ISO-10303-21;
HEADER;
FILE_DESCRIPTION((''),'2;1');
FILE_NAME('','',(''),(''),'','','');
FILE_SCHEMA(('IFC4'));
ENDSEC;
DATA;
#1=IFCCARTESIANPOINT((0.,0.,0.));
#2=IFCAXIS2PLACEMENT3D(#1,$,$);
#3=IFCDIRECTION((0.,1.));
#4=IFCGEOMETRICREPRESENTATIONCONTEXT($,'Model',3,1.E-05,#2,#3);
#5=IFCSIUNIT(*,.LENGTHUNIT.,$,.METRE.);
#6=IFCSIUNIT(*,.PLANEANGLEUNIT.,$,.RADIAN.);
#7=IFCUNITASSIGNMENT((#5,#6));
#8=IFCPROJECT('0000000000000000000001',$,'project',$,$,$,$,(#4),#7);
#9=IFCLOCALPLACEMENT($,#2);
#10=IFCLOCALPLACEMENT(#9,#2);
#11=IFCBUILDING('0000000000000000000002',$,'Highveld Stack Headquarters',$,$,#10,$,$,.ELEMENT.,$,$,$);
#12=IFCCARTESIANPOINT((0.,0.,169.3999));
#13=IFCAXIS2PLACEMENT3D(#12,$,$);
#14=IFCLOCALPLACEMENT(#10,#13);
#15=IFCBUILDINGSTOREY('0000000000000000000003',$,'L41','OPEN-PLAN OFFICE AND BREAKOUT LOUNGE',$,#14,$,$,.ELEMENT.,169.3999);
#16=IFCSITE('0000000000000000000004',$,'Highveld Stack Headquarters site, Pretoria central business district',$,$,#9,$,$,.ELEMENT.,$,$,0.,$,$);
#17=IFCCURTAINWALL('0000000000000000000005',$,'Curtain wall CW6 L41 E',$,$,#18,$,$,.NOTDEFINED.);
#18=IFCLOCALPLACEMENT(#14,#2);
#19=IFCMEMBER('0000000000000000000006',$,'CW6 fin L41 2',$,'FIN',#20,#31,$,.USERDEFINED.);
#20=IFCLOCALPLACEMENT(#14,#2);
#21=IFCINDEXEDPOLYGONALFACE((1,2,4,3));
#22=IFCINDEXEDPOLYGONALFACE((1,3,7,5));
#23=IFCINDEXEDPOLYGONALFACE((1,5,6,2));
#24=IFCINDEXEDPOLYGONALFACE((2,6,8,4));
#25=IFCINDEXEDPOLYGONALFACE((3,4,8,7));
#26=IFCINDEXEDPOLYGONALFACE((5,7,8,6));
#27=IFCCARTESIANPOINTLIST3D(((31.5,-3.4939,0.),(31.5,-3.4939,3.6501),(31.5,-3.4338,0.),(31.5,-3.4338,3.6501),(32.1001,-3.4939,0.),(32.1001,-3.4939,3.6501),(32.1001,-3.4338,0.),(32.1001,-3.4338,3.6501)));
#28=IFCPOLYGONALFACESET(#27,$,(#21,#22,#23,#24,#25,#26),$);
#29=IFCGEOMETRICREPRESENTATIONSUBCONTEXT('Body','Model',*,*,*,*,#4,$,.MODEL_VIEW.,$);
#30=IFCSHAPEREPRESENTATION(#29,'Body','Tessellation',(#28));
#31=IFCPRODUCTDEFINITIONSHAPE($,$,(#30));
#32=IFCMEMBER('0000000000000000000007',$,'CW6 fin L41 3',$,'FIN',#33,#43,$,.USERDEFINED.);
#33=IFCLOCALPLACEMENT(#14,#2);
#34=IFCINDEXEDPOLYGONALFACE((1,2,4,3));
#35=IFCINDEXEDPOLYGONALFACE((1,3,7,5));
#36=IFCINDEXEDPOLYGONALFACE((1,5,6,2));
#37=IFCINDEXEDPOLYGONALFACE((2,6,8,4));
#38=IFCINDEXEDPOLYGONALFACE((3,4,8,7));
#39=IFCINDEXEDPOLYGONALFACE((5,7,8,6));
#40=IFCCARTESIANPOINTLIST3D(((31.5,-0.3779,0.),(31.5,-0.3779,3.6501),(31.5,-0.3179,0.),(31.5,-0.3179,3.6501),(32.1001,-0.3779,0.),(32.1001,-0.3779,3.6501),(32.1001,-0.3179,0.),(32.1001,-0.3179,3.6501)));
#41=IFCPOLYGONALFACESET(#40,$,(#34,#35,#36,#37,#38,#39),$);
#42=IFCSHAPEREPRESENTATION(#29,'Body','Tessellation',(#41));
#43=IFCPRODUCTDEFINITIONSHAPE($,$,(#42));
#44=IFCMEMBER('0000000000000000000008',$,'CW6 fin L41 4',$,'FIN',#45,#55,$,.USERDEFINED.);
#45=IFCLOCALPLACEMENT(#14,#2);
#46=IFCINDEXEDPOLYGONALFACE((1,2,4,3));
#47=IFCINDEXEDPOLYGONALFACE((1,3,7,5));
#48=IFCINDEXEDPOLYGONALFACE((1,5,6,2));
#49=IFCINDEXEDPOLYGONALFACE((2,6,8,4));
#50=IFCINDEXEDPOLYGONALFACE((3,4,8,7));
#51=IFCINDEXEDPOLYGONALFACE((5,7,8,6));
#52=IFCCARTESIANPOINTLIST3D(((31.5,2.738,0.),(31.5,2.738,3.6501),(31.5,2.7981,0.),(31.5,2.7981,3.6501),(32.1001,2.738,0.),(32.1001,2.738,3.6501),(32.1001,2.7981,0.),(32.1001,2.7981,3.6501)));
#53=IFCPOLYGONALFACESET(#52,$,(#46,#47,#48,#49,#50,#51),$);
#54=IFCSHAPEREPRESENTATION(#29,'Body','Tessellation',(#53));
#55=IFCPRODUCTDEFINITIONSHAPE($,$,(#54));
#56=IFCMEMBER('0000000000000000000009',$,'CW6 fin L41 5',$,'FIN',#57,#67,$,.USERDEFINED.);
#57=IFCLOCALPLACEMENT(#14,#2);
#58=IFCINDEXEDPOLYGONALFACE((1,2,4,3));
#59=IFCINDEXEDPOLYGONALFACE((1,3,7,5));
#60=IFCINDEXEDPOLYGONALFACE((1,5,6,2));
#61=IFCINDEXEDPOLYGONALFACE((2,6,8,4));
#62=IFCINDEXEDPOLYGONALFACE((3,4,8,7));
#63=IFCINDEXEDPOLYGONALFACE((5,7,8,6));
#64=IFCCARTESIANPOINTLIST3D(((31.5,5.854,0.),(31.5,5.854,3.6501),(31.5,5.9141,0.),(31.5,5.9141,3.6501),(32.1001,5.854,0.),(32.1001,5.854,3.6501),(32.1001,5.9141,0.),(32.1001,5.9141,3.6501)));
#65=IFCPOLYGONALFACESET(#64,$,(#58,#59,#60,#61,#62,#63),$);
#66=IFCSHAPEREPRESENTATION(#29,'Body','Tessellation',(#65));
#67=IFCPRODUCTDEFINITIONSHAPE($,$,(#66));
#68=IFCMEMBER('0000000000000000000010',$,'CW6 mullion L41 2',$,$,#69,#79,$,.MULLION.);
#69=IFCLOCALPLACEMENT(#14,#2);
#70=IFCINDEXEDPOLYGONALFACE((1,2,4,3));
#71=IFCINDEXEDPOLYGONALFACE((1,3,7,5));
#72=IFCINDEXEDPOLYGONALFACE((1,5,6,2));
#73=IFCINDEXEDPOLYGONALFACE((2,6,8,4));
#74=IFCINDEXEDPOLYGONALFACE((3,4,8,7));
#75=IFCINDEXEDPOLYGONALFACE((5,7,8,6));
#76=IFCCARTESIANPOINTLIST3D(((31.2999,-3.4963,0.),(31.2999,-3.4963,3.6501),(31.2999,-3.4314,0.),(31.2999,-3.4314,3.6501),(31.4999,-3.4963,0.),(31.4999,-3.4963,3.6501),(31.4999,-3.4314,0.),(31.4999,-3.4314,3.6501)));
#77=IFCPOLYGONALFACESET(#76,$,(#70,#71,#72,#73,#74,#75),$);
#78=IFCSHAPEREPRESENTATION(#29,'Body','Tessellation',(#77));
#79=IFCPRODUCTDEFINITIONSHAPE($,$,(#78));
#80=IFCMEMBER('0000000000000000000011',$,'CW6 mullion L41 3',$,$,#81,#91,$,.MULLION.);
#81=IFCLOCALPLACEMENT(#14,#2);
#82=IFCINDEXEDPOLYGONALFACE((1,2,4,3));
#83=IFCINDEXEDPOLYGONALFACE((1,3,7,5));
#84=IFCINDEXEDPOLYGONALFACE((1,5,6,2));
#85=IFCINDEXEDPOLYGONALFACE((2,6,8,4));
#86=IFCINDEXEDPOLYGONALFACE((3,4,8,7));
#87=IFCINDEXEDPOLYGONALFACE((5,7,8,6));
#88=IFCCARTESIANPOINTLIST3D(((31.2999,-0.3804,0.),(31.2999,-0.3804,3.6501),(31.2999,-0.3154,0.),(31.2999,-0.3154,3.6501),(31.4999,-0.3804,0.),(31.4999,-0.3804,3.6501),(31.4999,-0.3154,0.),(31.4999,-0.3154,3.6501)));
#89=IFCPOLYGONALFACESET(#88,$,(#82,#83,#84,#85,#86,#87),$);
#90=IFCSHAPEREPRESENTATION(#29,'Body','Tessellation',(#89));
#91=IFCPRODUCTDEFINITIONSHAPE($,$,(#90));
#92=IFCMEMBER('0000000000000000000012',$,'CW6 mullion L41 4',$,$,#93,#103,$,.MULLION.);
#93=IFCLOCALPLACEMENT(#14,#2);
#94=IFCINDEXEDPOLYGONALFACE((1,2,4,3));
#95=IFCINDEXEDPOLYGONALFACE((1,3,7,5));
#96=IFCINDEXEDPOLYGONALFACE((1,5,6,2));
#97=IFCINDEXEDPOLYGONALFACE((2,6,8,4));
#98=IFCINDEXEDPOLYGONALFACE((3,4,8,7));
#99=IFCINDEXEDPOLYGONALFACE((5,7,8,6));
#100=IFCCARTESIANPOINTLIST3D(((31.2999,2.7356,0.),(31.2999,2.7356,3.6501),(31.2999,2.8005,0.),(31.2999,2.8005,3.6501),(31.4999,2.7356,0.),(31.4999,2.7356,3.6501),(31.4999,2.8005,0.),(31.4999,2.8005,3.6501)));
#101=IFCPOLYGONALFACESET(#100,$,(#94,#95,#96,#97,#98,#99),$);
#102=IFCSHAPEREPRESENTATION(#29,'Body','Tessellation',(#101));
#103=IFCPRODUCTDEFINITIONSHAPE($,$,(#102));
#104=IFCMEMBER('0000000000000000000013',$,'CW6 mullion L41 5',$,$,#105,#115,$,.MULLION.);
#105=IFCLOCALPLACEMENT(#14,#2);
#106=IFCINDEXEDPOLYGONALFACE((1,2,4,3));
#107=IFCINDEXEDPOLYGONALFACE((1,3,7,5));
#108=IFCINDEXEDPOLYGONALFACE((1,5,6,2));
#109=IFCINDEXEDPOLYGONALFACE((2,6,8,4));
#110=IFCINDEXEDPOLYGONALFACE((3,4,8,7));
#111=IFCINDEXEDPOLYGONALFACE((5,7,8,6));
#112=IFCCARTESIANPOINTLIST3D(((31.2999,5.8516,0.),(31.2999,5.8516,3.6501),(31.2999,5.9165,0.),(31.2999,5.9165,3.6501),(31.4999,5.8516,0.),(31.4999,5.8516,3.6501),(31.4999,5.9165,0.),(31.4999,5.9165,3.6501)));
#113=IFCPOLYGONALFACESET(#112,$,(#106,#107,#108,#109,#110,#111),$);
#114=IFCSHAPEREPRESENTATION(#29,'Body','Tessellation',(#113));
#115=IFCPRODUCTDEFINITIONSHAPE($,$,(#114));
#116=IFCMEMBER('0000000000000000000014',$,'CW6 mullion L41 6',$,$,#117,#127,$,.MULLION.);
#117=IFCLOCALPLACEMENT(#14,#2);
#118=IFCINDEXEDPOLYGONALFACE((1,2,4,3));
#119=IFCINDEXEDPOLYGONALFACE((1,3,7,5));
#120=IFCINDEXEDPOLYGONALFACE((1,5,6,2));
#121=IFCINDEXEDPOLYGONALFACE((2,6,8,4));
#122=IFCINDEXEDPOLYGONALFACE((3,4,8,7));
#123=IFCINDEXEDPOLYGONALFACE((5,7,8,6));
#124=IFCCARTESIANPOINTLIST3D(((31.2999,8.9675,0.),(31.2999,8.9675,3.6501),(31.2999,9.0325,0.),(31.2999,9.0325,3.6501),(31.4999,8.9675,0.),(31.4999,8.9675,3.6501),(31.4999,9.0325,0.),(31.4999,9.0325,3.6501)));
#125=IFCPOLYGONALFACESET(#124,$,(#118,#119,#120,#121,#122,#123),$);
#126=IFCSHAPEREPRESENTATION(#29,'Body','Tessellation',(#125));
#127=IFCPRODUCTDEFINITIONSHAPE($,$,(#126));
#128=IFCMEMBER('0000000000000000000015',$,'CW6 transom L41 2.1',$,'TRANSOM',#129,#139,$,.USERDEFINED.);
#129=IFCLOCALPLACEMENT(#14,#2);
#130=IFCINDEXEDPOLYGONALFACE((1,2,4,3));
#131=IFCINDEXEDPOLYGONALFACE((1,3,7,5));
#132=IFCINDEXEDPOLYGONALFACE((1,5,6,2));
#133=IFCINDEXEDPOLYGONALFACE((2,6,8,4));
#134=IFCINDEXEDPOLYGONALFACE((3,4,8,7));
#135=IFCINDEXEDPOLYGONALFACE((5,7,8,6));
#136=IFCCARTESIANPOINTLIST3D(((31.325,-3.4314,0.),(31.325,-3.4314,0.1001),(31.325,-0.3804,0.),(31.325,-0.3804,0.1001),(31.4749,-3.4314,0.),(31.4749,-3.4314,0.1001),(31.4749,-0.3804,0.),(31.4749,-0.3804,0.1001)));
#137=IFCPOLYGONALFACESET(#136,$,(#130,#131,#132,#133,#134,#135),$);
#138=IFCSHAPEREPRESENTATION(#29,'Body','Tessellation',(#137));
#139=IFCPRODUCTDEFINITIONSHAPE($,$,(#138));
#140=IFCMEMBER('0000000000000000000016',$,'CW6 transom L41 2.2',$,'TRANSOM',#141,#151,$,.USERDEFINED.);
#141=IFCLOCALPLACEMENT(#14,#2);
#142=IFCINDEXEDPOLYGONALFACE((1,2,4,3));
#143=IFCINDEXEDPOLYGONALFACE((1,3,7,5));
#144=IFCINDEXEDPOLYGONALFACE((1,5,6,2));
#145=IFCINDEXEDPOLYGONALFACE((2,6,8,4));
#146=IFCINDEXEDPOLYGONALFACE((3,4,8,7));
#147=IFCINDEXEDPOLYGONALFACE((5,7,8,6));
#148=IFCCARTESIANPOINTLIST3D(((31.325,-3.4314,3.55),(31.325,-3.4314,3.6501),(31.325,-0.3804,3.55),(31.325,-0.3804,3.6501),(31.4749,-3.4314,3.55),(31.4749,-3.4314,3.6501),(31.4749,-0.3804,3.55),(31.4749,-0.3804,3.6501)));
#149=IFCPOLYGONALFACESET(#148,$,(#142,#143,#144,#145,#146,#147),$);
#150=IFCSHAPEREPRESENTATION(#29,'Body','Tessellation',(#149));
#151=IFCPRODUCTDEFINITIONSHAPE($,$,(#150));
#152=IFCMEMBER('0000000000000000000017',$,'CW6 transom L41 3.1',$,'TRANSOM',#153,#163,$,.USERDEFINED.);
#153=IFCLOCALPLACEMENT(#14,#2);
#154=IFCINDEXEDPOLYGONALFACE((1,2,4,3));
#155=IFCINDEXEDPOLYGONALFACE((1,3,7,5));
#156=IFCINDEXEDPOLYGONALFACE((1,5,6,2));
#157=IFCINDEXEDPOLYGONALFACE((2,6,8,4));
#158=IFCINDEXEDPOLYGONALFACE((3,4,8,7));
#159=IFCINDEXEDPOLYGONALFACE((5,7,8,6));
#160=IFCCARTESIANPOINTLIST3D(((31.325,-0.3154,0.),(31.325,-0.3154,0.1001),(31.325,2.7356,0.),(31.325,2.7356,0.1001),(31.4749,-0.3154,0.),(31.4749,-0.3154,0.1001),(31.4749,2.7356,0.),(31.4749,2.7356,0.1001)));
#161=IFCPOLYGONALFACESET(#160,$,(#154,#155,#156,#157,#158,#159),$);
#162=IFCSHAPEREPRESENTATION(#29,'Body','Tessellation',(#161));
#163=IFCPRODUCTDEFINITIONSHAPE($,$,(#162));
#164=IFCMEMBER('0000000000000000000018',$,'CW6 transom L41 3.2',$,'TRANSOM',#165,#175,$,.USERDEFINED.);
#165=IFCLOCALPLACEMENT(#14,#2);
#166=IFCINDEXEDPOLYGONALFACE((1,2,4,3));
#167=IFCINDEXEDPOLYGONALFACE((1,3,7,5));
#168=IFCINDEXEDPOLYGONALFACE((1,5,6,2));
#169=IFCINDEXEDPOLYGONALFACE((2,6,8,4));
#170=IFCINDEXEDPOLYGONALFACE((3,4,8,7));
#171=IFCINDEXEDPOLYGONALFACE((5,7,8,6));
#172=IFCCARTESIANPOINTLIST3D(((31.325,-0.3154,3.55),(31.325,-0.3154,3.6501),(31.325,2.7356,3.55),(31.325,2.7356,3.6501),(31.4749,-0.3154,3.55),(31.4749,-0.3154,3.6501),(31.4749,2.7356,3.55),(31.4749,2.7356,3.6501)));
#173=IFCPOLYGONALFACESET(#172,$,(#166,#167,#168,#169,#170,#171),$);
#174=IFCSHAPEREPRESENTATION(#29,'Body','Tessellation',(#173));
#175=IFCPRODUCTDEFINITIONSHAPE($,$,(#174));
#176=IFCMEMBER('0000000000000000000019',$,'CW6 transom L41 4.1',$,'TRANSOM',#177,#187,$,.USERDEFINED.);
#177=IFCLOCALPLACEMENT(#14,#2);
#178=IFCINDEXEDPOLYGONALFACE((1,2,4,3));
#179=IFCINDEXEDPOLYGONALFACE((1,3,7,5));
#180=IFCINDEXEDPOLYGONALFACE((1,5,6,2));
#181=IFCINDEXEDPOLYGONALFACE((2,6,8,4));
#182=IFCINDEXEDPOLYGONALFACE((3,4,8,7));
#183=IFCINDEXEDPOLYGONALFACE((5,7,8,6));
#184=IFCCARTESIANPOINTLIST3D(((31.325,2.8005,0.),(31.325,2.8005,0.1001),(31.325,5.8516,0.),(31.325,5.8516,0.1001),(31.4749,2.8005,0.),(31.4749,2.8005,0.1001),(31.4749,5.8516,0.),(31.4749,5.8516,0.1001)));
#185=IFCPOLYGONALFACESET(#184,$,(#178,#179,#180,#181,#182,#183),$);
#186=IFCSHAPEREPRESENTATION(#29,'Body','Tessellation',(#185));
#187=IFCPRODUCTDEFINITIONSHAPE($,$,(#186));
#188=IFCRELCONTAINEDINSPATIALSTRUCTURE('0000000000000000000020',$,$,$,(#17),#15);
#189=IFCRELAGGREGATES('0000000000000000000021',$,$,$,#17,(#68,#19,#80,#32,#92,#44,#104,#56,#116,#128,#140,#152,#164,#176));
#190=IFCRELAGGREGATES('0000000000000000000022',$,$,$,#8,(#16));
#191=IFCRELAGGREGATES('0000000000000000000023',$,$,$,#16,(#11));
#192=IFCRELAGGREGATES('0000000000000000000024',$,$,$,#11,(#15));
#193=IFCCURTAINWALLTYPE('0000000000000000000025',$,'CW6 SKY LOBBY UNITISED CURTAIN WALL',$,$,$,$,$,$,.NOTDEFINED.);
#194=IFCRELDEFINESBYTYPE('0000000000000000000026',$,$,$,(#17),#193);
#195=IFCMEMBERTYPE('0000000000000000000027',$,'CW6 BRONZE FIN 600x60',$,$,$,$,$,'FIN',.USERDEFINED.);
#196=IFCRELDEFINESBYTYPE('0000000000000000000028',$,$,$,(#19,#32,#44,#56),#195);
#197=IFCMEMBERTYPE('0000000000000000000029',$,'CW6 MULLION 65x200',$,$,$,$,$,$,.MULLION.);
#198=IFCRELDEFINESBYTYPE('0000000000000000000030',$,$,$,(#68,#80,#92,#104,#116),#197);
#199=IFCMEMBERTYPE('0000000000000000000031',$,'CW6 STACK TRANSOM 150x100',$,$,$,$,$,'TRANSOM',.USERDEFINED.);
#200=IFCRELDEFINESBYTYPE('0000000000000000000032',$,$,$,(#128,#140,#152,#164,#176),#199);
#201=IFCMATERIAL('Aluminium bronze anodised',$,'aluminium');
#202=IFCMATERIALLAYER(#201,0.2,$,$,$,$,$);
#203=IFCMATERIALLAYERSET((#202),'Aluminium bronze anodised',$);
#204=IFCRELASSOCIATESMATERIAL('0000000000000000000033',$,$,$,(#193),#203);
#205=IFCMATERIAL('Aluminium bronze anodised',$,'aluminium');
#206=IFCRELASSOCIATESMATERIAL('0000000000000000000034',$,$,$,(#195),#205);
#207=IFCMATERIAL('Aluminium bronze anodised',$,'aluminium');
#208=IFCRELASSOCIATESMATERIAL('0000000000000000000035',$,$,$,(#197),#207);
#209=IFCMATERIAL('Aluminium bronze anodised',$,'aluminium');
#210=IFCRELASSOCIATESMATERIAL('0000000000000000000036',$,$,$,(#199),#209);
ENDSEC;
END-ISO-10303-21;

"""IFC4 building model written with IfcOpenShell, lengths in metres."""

from ifc_helpers import new_model, si_unit, direction, frame, origin, origin_2d, place, context, subcontext, project, spatial, rectangle, extrude, material, layer, layer_set, material_profile, profile_set, type_object, element, aggregate, save


model = new_model("IFC4")

# Units and contexts
model_context = context("Model", 3, precision=1e-05, world=origin(), true_north=direction((0.0, 1.0)))
body_context = subcontext(model_context, "Body", "Model", "MODEL_VIEW")
ifc_project = project(units=[si_unit("LENGTHUNIT", "METRE"), si_unit("PLANEANGLEUNIT", "RADIAN")], contexts=[model_context])

# Site, building, storey
site_placement = place(None, origin())
site = spatial("IfcSite", under=ifc_project, at=site_placement, Name="Highveld Stack Headquarters site, Pretoria central business district", CompositionType="ELEMENT", RefElevation=0.0)
building_placement = place(site_placement, origin())
building = spatial("IfcBuilding", under=site, at=building_placement, Name="Highveld Stack Headquarters", CompositionType="ELEMENT")
storey_placement = place(building_placement, frame((0.0, 0.0, 169.3999)))
storey = spatial("IfcBuildingStorey", under=building, at=storey_placement, Name="L41", Description="OPEN-PLAN OFFICE AND BREAKOUT LOUNGE", CompositionType="ELEMENT", Elevation=169.3999)

# Curtain wall, members
ifc_material_1 = material(Name="Aluminium bronze anodised", Category="aluminium")
ifc_layer_1 = layer(ifc_material_1, 0.2)
ifc_layer_set_1 = layer_set([ifc_layer_1], Name="Aluminium bronze anodised")
curtain_wall_type = type_object("IfcCurtainWallType", Name="CW6 SKY LOBBY UNITISED CURTAIN WALL", PredefinedType="NOTDEFINED", material=ifc_layer_set_1)
curtain_wall_placement = place(storey_placement, origin())
curtain_wall = element("IfcCurtainWall", 1, at=curtain_wall_placement, inside=storey, type_object=curtain_wall_type, Name="Curtain wall CW6 L41 E", PredefinedType="NOTDEFINED")
ifc_material_2 = material(Name="Aluminium bronze anodised", Category="aluminium")
ifc_material_profile_1 = material_profile(ifc_material_2, rectangle(XDim=0.6001, YDim=0.0601, at=origin_2d()), Name="FIN 600x60")
ifc_profile_set_1 = profile_set([ifc_material_profile_1], Name="Aluminium bronze anodised")
member_type_1 = type_object("IfcMemberType", Name="CW6 BRONZE FIN 600x60", ElementType="FIN", PredefinedType="USERDEFINED", material=ifc_profile_set_1)
member_1_placement = place(storey_placement, frame((31.8, -3.4639, 0.0), z_axis=(0.0, 0.0, 1.0), x_axis=(-1.0, 0.0, 0.0)))
member_1 = element("IfcMember", 2, at=member_1_placement, type_object=member_type_1, Name="CW6 fin L41 2", ObjectType="FIN", PredefinedType="USERDEFINED", context=body_context, shape_type="SweptSolid", body=[
    extrude(rectangle(XDim=0.6001, YDim=0.0601, at=origin_2d()), origin(), (0.0, 0.0, 1.0), 3.6501),
])
member_2_placement = place(storey_placement, frame((31.8, -0.3479, 0.0), z_axis=(0.0, 0.0, 1.0), x_axis=(-1.0, 0.0, 0.0)))
member_2 = element("IfcMember", 3, at=member_2_placement, type_object=member_type_1, Name="CW6 fin L41 3", ObjectType="FIN", PredefinedType="USERDEFINED", context=body_context, shape_type="SweptSolid", body=[
    extrude(rectangle(XDim=0.6001, YDim=0.0601, at=origin_2d()), origin(), (0.0, 0.0, 1.0), 3.6501),
])
member_3_placement = place(storey_placement, frame((31.8, 2.7681, 0.0), z_axis=(0.0, 0.0, 1.0), x_axis=(-1.0, 0.0, 0.0)))
member_3 = element("IfcMember", 4, at=member_3_placement, type_object=member_type_1, Name="CW6 fin L41 4", ObjectType="FIN", PredefinedType="USERDEFINED", context=body_context, shape_type="SweptSolid", body=[
    extrude(rectangle(XDim=0.6001, YDim=0.0601, at=origin_2d()), origin(), (0.0, 0.0, 1.0), 3.6501),
])
member_4_placement = place(storey_placement, frame((31.8, 5.884, 0.0), z_axis=(0.0, 0.0, 1.0), x_axis=(-1.0, 0.0, 0.0)))
member_4 = element("IfcMember", 5, at=member_4_placement, type_object=member_type_1, Name="CW6 fin L41 5", ObjectType="FIN", PredefinedType="USERDEFINED", context=body_context, shape_type="SweptSolid", body=[
    extrude(rectangle(XDim=0.6001, YDim=0.0601, at=origin_2d()), origin(), (0.0, 0.0, 1.0), 3.6501),
])
ifc_material_3 = material(Name="Aluminium bronze anodised", Category="aluminium")
ifc_material_profile_2 = material_profile(ifc_material_3, rectangle(XDim=0.2, YDim=0.0649, at=origin_2d()), Name="CW6 MULLION 65x200")
ifc_profile_set_2 = profile_set([ifc_material_profile_2], Name="Aluminium bronze anodised")
member_type_2 = type_object("IfcMemberType", Name="CW6 MULLION 65x200", PredefinedType="MULLION", material=ifc_profile_set_2)
member_5_placement = place(storey_placement, frame((31.3999, -3.4639, 0.0), z_axis=(0.0, 0.0, 1.0), x_axis=(-1.0, 0.0, 0.0)))
member_5 = element("IfcMember", 6, at=member_5_placement, type_object=member_type_2, Name="CW6 mullion L41 2", PredefinedType="MULLION", context=body_context, shape_type="SweptSolid", body=[
    extrude(rectangle(XDim=0.2, YDim=0.0649, at=origin_2d()), origin(), (0.0, 0.0, 1.0), 3.6501),
])
member_6_placement = place(storey_placement, frame((31.3999, -0.3479, 0.0), z_axis=(0.0, 0.0, 1.0), x_axis=(-1.0, 0.0, 0.0)))
member_6 = element("IfcMember", 7, at=member_6_placement, type_object=member_type_2, Name="CW6 mullion L41 3", PredefinedType="MULLION", context=body_context, shape_type="SweptSolid", body=[
    extrude(rectangle(XDim=0.2, YDim=0.0649, at=origin_2d()), origin(), (0.0, 0.0, 1.0), 3.6501),
])
member_7_placement = place(storey_placement, frame((31.3999, 2.7681, 0.0), z_axis=(0.0, 0.0, 1.0), x_axis=(-1.0, 0.0, 0.0)))
member_7 = element("IfcMember", 8, at=member_7_placement, type_object=member_type_2, Name="CW6 mullion L41 4", PredefinedType="MULLION", context=body_context, shape_type="SweptSolid", body=[
    extrude(rectangle(XDim=0.2, YDim=0.0649, at=origin_2d()), origin(), (0.0, 0.0, 1.0), 3.6501),
])
member_8_placement = place(storey_placement, frame((31.3999, 5.884, 0.0), z_axis=(0.0, 0.0, 1.0), x_axis=(-1.0, 0.0, 0.0)))
member_8 = element("IfcMember", 9, at=member_8_placement, type_object=member_type_2, Name="CW6 mullion L41 5", PredefinedType="MULLION", context=body_context, shape_type="SweptSolid", body=[
    extrude(rectangle(XDim=0.2, YDim=0.0649, at=origin_2d()), origin(), (0.0, 0.0, 1.0), 3.6501),
])
member_9_placement = place(storey_placement, frame((31.3999, 9.0, 0.0), z_axis=(0.0, 0.0, 1.0), x_axis=(-1.0, 0.0, 0.0)))
member_9 = element("IfcMember", 10, at=member_9_placement, type_object=member_type_2, Name="CW6 mullion L41 6", PredefinedType="MULLION", context=body_context, shape_type="SweptSolid", body=[
    extrude(rectangle(XDim=0.2, YDim=0.0649, at=origin_2d()), origin(), (0.0, 0.0, 1.0), 3.6501),
])
ifc_material_4 = material(Name="Aluminium bronze anodised", Category="aluminium")
ifc_material_profile_3 = material_profile(ifc_material_4, rectangle(XDim=0.1499, YDim=0.1001, at=origin_2d()), Name="CW6 TRANSOM 150x100")
ifc_profile_set_3 = profile_set([ifc_material_profile_3], Name="Aluminium bronze anodised")
member_type_3 = type_object("IfcMemberType", Name="CW6 STACK TRANSOM 150x100", ElementType="TRANSOM", PredefinedType="USERDEFINED", material=ifc_profile_set_3)
member_10_placement = place(storey_placement, frame((31.3999, -3.4314, 0.05), z_axis=(0.0, 1.0, 0.0), x_axis=(-1.0, 0.0, 0.0)))
member_10 = element("IfcMember", 11, at=member_10_placement, type_object=member_type_3, Name="CW6 transom L41 2.1", ObjectType="TRANSOM", PredefinedType="USERDEFINED", context=body_context, shape_type="SweptSolid", body=[
    extrude(rectangle(XDim=0.1499, YDim=0.1001, at=origin_2d()), origin(), (0.0, 0.0, 1.0), 3.051),
])
member_11_placement = place(storey_placement, frame((31.3999, -3.4314, 3.6001), z_axis=(0.0, 1.0, 0.0), x_axis=(-1.0, 0.0, 0.0)))
member_11 = element("IfcMember", 12, at=member_11_placement, type_object=member_type_3, Name="CW6 transom L41 2.2", ObjectType="TRANSOM", PredefinedType="USERDEFINED", context=body_context, shape_type="SweptSolid", body=[
    extrude(rectangle(XDim=0.1499, YDim=0.1001, at=origin_2d()), origin(), (0.0, 0.0, 1.0), 3.051),
])
member_12_placement = place(storey_placement, frame((31.3999, -0.3154, 0.05), z_axis=(0.0, 1.0, 0.0), x_axis=(-1.0, 0.0, 0.0)))
member_12 = element("IfcMember", 13, at=member_12_placement, type_object=member_type_3, Name="CW6 transom L41 3.1", ObjectType="TRANSOM", PredefinedType="USERDEFINED", context=body_context, shape_type="SweptSolid", body=[
    extrude(rectangle(XDim=0.1499, YDim=0.1001, at=origin_2d()), origin(), (0.0, 0.0, 1.0), 3.051),
])
member_13_placement = place(storey_placement, frame((31.3999, -0.3154, 3.6001), z_axis=(0.0, 1.0, 0.0), x_axis=(-1.0, 0.0, 0.0)))
member_13 = element("IfcMember", 14, at=member_13_placement, type_object=member_type_3, Name="CW6 transom L41 3.2", ObjectType="TRANSOM", PredefinedType="USERDEFINED", context=body_context, shape_type="SweptSolid", body=[
    extrude(rectangle(XDim=0.1499, YDim=0.1001, at=origin_2d()), origin(), (0.0, 0.0, 1.0), 3.051),
])
member_14_placement = place(storey_placement, frame((31.3999, 2.8005, 0.05), z_axis=(0.0, 1.0, 0.0), x_axis=(-1.0, 0.0, 0.0)))
member_14 = element("IfcMember", 15, at=member_14_placement, type_object=member_type_3, Name="CW6 transom L41 4.1", ObjectType="TRANSOM", PredefinedType="USERDEFINED", context=body_context, shape_type="SweptSolid", body=[
    extrude(rectangle(XDim=0.1499, YDim=0.1001, at=origin_2d()), origin(), (0.0, 0.0, 1.0), 3.051),
])
aggregate(curtain_wall, [member_5, member_1, member_6, member_2, member_7, member_3, member_8, member_4, member_9, member_10, member_11, member_12, member_13, member_14])

save(model, "model.ifc")
